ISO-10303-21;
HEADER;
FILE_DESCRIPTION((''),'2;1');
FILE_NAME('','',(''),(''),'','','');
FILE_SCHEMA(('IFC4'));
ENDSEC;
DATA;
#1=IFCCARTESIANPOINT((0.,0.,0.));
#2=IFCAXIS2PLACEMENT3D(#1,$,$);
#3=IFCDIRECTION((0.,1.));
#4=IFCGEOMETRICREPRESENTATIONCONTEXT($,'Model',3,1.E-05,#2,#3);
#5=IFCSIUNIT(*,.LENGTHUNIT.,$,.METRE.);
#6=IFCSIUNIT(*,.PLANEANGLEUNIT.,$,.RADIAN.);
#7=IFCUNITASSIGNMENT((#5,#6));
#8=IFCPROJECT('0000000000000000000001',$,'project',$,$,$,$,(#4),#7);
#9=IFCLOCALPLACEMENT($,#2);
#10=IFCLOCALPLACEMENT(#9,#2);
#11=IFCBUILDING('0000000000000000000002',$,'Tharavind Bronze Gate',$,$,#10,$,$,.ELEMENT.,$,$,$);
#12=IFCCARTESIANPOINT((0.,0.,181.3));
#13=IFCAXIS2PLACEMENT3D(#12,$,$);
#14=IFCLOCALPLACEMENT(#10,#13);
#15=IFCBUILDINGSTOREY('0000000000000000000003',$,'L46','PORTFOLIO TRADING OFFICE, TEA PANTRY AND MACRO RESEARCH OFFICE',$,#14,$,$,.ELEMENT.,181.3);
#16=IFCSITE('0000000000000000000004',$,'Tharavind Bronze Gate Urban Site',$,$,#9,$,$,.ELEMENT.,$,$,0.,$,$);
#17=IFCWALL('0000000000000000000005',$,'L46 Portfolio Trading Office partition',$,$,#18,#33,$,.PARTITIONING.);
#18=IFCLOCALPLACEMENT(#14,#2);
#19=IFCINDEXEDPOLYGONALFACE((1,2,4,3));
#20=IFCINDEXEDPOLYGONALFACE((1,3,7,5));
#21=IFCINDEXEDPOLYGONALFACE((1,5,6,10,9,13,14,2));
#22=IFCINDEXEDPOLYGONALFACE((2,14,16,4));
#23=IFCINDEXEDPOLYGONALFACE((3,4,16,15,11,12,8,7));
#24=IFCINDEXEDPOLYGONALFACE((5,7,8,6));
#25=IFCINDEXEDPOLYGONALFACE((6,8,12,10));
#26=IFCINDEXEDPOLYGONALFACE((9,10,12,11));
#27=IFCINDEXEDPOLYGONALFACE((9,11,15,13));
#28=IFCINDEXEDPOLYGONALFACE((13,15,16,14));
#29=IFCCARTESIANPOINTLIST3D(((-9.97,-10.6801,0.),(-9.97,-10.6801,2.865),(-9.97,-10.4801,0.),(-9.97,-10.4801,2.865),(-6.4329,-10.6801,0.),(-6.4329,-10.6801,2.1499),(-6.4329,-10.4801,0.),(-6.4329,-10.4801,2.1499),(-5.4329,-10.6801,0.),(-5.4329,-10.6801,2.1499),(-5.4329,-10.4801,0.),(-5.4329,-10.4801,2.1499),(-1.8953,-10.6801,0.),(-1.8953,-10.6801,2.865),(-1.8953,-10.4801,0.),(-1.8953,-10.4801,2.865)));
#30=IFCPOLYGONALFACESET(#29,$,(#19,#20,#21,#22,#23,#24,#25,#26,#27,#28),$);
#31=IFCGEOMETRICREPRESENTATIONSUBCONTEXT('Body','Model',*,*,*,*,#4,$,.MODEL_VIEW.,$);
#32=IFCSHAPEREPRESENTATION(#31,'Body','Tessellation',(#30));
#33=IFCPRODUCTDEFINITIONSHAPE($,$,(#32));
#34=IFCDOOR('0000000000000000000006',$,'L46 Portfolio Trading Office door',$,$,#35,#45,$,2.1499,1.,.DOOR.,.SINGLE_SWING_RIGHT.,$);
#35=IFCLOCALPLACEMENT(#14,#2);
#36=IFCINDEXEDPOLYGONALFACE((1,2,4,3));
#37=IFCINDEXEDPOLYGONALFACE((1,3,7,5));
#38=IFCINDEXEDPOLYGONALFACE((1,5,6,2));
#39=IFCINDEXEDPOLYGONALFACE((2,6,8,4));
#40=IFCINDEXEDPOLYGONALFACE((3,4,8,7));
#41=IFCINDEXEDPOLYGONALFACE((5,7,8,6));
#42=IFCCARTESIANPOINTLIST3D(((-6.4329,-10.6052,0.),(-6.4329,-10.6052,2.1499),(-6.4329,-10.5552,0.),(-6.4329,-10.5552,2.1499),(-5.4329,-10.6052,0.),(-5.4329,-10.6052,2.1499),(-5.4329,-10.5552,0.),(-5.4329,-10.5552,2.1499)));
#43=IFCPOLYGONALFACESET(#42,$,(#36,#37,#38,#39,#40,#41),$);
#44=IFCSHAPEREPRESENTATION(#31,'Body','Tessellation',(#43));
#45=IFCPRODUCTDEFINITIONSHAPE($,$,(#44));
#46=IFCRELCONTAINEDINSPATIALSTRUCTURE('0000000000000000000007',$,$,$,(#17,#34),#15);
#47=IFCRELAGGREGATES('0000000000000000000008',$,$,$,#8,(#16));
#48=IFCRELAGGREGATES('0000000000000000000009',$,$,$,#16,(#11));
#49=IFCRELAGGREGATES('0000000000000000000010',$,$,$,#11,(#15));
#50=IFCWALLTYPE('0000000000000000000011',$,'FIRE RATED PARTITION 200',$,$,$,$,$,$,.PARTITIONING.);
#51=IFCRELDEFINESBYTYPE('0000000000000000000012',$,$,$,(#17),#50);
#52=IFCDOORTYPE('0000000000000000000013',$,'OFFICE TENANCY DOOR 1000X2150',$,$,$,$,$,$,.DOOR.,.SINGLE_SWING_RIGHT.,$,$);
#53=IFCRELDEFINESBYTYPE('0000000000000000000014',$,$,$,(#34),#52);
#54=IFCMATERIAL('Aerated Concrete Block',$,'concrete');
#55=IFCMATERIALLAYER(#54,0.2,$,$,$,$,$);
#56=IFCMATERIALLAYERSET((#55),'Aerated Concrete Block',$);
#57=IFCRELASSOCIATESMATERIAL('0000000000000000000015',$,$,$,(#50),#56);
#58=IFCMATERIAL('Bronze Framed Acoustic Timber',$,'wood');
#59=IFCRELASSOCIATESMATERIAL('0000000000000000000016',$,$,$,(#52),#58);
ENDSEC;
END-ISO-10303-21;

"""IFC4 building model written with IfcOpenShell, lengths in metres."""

from ifc_helpers import new_model, si_unit, direction, frame, frame_2d, origin, place, context, subcontext, project, spatial, rectangle, extrude, material, layer, layer_set, type_object, element, fill, save


model = new_model("IFC4")

# Units and contexts
model_context = context("Model", 3, precision=1e-05, world=origin(), true_north=direction((0.0, 1.0)))
body_context = subcontext(model_context, "Body", "Model", "MODEL_VIEW")
ifc_project = project(units=[si_unit("LENGTHUNIT", "METRE"), si_unit("PLANEANGLEUNIT", "RADIAN")], contexts=[model_context])

# Site, building, storey
site_placement = place(None, origin())
site = spatial("IfcSite", under=ifc_project, at=site_placement, Name="Tharavind Bronze Gate Urban Site", CompositionType="ELEMENT", RefElevation=0.0)
building_placement = place(site_placement, origin())
building = spatial("IfcBuilding", under=site, at=building_placement, Name="Tharavind Bronze Gate", CompositionType="ELEMENT")
storey_placement = place(building_placement, frame((0.0, 0.0, 181.3)))
storey = spatial("IfcBuildingStorey", under=building, at=storey_placement, Name="L46", Description="PORTFOLIO TRADING OFFICE, TEA PANTRY AND MACRO RESEARCH OFFICE", CompositionType="ELEMENT", Elevation=181.3)

# Shared definitions
ifc_material_1 = material(Name="Aerated Concrete Block", Category="concrete")
ifc_layer_1 = layer(ifc_material_1, 0.2)
ifc_layer_set_1 = layer_set([ifc_layer_1], Name="Aerated Concrete Block")
wall_type = type_object("IfcWallType", Name="FIRE RATED PARTITION 200", PredefinedType="PARTITIONING", material=ifc_layer_set_1)

# Wall, opening, door
wall_1_placement = place(storey_placement, frame((-9.97, -10.5801, 0.0), z_axis=(0.0, 0.0, 1.0), x_axis=(1.0, 0.0, 0.0)))
wall_1 = element("IfcWall", 1, at=wall_1_placement, inside=storey, type_object=wall_type, Name="L46 Portfolio Trading Office partition", PredefinedType="PARTITIONING", context=body_context, shape_type="SweptSolid", body=[
    extrude(rectangle(XDim=8.0747, YDim=0.2, at=frame_2d((4.0374, 0.0))), origin(), (0.0, 0.0, 1.0), 2.865),
])
opening_1_placement = place(wall_1_placement, frame((3.5371, 0.0, 0.0)))
opening_1 = element("IfcOpeningElement", 2, at=opening_1_placement, cuts=wall_1, PredefinedType="OPENING", context=body_context, shape_type="SweptSolid", body=[
    extrude(rectangle(XDim=1.0, YDim=2.1499, at=frame_2d((0.5, 1.075))), frame((0.0, 0.1101, 0.0), z_axis=(0.0, -1.0, 0.0), x_axis=(1.0, 0.0, 0.0)), (0.0, 0.0, 1.0), 0.22),
])
ifc_material_2 = material(Name="Bronze Framed Acoustic Timber", Category="wood")
door_type_1 = type_object("IfcDoorType", Name="OFFICE TENANCY DOOR 1000X2150", OperationType="SINGLE_SWING_RIGHT", PredefinedType="DOOR", material=ifc_material_2)
door_1_placement = place(opening_1_placement, origin())
door_1 = element("IfcDoor", 3, at=door_1_placement, inside=storey, type_object=door_type_1, Name="L46 Portfolio Trading Office door", OperationType="SINGLE_SWING_RIGHT", OverallHeight=2.1499, OverallWidth=1.0, PredefinedType="DOOR", context=body_context, shape_type="SweptSolid", body=[
    extrude(rectangle(XDim=1.0, YDim=2.1499, at=frame_2d((0.5, 1.075))), frame((0.0, 0.0249, 0.0), z_axis=(0.0, -1.0, 0.0), x_axis=(1.0, 0.0, 0.0)), (0.0, 0.0, 1.0), 0.05),
])
fill(opening_1, door_1)

save(model, "model.ifc")
